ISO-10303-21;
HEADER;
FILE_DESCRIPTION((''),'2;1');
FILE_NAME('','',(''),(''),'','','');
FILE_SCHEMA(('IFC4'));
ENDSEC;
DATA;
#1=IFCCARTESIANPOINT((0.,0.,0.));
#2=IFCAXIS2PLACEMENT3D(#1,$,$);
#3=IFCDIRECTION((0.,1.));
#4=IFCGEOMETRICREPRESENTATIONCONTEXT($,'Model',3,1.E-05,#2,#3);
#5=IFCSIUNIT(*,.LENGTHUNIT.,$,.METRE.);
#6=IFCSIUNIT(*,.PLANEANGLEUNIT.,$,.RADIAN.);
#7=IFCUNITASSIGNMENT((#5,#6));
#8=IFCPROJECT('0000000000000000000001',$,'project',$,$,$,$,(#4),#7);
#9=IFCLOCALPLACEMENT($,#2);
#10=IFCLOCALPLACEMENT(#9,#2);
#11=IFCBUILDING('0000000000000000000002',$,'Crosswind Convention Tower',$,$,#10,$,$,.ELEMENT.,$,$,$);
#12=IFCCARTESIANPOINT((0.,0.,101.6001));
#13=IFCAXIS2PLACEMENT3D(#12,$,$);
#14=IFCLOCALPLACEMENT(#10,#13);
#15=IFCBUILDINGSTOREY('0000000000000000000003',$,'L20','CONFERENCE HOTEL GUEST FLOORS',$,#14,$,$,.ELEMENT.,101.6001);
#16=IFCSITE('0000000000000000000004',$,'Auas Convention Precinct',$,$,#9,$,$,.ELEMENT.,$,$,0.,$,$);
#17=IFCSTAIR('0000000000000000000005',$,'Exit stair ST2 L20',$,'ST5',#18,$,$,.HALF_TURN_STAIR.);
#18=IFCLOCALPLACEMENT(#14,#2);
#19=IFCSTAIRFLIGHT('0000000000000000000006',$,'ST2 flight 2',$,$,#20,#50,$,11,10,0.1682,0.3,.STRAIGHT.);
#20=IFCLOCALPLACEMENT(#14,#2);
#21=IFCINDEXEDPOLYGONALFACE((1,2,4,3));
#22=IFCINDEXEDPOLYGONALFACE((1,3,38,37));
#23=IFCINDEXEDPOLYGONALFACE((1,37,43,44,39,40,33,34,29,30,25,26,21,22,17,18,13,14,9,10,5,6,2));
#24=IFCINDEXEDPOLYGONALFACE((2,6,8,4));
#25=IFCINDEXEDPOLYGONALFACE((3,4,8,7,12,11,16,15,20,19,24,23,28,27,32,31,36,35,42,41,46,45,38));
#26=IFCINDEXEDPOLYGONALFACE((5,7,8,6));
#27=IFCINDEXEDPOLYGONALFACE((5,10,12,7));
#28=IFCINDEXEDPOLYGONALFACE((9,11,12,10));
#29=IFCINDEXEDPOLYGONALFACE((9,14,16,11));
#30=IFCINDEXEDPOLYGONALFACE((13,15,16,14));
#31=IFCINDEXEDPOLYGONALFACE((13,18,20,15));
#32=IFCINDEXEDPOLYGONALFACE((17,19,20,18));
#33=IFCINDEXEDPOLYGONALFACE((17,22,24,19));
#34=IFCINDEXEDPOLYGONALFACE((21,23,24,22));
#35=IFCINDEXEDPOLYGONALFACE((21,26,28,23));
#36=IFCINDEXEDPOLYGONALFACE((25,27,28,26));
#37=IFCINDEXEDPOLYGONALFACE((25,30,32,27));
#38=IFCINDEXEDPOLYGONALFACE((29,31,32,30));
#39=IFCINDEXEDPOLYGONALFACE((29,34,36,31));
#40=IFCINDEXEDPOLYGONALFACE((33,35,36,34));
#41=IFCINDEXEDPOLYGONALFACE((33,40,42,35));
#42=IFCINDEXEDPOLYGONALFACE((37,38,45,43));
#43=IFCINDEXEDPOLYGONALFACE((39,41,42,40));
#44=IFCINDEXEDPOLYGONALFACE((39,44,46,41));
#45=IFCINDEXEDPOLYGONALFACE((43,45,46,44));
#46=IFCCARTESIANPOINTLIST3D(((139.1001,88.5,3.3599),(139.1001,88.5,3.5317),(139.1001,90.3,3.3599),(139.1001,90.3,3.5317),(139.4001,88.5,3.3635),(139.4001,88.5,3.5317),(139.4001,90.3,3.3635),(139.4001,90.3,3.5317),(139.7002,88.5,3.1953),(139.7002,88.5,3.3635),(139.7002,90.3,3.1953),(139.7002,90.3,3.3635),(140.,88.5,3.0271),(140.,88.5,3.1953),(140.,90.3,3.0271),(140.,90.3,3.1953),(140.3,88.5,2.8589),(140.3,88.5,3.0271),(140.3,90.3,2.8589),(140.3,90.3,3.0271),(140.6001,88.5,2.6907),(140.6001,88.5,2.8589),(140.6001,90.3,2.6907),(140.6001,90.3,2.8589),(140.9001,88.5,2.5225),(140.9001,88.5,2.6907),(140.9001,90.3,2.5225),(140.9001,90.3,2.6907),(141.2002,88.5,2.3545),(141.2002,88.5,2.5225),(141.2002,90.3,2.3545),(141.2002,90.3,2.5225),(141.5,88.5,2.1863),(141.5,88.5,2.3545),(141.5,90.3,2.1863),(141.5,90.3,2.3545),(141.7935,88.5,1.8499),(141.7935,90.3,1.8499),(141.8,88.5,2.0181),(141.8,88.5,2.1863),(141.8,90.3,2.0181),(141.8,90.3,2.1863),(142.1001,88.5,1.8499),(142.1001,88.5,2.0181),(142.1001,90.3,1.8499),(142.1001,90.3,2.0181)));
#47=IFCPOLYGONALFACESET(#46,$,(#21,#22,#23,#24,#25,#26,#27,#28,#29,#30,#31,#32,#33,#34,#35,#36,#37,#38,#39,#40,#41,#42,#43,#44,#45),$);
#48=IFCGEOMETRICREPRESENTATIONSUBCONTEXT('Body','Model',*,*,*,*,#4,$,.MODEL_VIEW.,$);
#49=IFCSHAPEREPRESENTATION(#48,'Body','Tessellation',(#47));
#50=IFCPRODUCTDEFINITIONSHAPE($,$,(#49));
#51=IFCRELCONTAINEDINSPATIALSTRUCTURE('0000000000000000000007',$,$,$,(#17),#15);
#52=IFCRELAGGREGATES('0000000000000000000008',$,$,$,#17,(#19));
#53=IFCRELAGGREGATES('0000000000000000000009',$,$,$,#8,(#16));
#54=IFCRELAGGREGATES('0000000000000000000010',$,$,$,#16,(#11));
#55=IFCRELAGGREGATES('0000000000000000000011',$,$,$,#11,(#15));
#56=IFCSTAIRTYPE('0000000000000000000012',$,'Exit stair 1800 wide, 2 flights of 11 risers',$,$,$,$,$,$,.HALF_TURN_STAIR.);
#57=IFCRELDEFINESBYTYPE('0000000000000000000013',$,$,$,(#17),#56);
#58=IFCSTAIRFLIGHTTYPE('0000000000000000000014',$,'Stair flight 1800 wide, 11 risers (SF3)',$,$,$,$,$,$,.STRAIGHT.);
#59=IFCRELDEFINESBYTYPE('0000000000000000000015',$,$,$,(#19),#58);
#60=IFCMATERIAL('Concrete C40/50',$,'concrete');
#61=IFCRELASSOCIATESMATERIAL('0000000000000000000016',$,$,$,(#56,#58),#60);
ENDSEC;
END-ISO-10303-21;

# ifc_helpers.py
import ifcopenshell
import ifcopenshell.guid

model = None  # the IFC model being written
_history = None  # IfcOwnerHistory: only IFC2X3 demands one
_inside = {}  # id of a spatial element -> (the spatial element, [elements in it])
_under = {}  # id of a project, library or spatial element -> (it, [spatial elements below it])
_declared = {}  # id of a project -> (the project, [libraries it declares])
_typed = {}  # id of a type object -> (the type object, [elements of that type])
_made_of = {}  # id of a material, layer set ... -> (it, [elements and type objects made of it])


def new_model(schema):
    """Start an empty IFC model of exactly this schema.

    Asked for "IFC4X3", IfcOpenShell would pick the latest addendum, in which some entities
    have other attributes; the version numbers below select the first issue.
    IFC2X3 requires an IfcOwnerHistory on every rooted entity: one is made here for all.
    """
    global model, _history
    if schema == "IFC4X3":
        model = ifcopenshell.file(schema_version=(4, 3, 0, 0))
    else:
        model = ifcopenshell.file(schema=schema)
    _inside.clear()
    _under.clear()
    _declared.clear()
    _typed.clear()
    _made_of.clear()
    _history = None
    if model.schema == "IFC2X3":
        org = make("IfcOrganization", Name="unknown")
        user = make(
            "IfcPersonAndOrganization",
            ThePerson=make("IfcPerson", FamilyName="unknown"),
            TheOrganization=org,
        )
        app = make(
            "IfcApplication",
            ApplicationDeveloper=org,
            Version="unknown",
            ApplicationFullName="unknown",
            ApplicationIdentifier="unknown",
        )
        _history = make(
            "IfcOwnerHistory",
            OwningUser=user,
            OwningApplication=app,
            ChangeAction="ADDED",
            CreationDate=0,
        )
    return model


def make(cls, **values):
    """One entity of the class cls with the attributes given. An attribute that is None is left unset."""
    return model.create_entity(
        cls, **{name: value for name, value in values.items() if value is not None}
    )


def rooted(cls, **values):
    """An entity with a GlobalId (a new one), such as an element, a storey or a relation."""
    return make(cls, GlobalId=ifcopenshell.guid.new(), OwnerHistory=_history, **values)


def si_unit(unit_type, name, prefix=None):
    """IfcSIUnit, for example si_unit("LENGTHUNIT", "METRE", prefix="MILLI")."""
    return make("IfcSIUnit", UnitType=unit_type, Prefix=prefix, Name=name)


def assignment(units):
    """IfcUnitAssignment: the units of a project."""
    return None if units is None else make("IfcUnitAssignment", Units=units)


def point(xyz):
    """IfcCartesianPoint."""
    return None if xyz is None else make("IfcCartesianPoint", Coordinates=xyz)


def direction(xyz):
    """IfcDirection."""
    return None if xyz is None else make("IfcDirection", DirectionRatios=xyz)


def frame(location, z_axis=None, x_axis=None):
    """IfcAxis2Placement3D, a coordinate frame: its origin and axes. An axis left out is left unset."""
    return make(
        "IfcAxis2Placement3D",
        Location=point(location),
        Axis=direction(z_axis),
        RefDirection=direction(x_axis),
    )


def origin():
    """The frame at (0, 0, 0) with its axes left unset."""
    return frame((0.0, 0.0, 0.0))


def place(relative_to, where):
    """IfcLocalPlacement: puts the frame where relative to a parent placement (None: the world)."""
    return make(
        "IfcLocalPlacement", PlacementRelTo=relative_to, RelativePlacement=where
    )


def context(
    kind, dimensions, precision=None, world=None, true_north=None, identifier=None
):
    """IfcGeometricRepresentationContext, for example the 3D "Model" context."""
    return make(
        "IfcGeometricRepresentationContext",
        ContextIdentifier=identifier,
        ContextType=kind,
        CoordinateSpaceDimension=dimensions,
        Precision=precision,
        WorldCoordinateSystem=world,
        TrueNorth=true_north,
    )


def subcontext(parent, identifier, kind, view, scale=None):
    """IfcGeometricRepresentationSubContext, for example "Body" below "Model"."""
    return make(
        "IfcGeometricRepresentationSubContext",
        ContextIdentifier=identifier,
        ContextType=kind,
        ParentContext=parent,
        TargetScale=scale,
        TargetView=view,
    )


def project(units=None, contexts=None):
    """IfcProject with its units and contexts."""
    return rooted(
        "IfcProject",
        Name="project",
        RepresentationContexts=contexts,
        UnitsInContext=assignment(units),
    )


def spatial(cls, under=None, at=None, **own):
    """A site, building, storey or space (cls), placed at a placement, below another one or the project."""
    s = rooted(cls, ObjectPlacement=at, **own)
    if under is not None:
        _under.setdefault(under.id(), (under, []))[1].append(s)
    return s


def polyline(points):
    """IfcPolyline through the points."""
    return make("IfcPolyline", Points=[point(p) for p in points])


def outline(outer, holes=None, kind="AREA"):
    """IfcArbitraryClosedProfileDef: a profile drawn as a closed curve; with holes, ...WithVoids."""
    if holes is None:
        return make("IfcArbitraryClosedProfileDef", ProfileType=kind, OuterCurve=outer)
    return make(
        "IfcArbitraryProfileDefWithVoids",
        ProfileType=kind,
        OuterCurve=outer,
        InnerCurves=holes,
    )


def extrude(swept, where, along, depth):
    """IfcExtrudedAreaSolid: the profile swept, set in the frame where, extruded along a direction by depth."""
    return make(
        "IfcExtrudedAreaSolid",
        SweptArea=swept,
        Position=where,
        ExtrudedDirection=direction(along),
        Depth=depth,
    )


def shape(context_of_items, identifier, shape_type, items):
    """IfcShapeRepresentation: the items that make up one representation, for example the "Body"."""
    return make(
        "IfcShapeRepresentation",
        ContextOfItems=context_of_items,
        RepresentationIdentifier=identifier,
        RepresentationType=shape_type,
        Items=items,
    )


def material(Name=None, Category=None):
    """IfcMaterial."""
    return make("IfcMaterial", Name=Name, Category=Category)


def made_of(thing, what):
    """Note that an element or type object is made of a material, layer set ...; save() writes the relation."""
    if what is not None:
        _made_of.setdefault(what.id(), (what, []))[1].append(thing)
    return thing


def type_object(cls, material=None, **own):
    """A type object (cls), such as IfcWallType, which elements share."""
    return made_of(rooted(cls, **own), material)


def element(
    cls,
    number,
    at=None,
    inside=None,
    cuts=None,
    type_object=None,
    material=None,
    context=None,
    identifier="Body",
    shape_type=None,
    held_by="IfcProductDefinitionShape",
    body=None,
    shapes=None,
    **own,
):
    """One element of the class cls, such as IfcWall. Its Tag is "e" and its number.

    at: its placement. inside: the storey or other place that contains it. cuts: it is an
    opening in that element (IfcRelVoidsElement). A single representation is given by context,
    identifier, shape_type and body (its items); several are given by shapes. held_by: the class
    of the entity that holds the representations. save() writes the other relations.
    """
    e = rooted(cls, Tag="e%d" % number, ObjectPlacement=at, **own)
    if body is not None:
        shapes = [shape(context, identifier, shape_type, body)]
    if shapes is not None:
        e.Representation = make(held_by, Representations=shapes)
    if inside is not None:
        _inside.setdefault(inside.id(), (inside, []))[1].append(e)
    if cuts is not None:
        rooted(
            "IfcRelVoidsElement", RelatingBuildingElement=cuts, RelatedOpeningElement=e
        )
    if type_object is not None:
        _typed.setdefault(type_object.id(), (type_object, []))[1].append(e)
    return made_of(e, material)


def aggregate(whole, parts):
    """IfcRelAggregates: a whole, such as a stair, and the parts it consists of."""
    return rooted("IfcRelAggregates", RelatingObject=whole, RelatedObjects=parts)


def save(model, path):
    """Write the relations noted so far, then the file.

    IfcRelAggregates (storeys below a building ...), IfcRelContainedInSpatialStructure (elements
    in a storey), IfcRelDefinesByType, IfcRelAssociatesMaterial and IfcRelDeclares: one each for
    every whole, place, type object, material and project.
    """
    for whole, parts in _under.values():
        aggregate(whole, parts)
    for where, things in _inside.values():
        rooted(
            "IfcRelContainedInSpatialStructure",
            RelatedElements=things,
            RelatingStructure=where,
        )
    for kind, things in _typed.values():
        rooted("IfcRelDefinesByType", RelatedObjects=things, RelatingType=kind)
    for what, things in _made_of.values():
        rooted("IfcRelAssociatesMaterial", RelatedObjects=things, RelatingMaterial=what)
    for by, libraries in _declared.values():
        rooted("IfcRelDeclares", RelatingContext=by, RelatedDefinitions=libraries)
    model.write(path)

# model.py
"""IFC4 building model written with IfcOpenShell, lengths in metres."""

from ifc_helpers import new_model, si_unit, direction, frame, origin, place, context, subcontext, project, spatial, polyline, outline, extrude, material, type_object, element, aggregate, save


model = new_model("IFC4")

# Units and contexts
model_context = context("Model", 3, precision=1e-05, world=origin(), true_north=direction((0.0, 1.0)))
body_context = subcontext(model_context, "Body", "Model", "MODEL_VIEW")
ifc_project = project(units=[si_unit("LENGTHUNIT", "METRE"), si_unit("PLANEANGLEUNIT", "RADIAN")], contexts=[model_context])

# Site, building, storey
site_placement = place(None, origin())
site = spatial("IfcSite", under=ifc_project, at=site_placement, Name="Auas Convention Precinct", CompositionType="ELEMENT", RefElevation=0.0)
building_placement = place(site_placement, origin())
building = spatial("IfcBuilding", under=site, at=building_placement, Name="Crosswind Convention Tower", CompositionType="ELEMENT")
storey_placement = place(building_placement, frame((0.0, 0.0, 101.6001)))
storey = spatial("IfcBuildingStorey", under=building, at=storey_placement, Name="L20", Description="CONFERENCE HOTEL GUEST FLOORS", CompositionType="ELEMENT", Elevation=101.6001)

# Stair, stair flight
ifc_material_1 = material(Name="Concrete C40/50", Category="concrete")
stair_type = type_object("IfcStairType", Name="Exit stair 1800 wide, 2 flights of 11 risers", PredefinedType="HALF_TURN_STAIR", material=ifc_material_1)
stair_placement = place(storey_placement, origin())
stair = element("IfcStair", 1, at=stair_placement, inside=storey, type_object=stair_type, Name="Exit stair ST2 L20", ObjectType="ST5", PredefinedType="HALF_TURN_STAIR")
stair_flight_type = type_object("IfcStairFlightType", Name="Stair flight 1800 wide, 11 risers (SF3)", PredefinedType="STRAIGHT", material=ifc_material_1)
stair_flight_placement = place(storey_placement, frame((142.1001, 89.3999, 1.8499), z_axis=(0.0, 0.0, 1.0), x_axis=(-1.0, 0.0, 0.0)))
stair_flight = element("IfcStairFlight", 2, at=stair_flight_placement, type_object=stair_flight_type, Name="ST2 flight 2", NumberOfRisers=11, NumberOfTreads=10, PredefinedType="STRAIGHT", RiserHeight=0.1682, TreadLength=0.3, context=body_context, shape_type="SweptSolid", body=[
    extrude(outline(polyline([(0.0, 0.0), (0.0, 0.1682), (0.3, 0.1682), (0.3, 0.3364), (0.6001, 0.3364), (0.6001, 0.5046), (0.8999, 0.5046), (0.8999, 0.6726), (1.2, 0.6726), (1.2, 0.8408), (1.5, 0.8408), (1.5, 1.009), (1.8, 1.009), (1.8, 1.1772), (2.1001, 1.1772), (2.1001, 1.3455), (2.3999, 1.3455), (2.3999, 1.5137), (2.7, 1.5137), (2.7, 1.6819), (3.0, 1.6819), (3.0, 1.8501), (3.0, 1.51), (0.3066, 0.0), (0.0, 0.0)])), frame((0.0, 0.8999, 0.0), z_axis=(0.0, -1.0, 0.0), x_axis=(1.0, 0.0, 0.0)), (0.0, 0.0, 1.0), 1.8),
])
aggregate(stair, [stair_flight])

save(model, "model.ifc")
